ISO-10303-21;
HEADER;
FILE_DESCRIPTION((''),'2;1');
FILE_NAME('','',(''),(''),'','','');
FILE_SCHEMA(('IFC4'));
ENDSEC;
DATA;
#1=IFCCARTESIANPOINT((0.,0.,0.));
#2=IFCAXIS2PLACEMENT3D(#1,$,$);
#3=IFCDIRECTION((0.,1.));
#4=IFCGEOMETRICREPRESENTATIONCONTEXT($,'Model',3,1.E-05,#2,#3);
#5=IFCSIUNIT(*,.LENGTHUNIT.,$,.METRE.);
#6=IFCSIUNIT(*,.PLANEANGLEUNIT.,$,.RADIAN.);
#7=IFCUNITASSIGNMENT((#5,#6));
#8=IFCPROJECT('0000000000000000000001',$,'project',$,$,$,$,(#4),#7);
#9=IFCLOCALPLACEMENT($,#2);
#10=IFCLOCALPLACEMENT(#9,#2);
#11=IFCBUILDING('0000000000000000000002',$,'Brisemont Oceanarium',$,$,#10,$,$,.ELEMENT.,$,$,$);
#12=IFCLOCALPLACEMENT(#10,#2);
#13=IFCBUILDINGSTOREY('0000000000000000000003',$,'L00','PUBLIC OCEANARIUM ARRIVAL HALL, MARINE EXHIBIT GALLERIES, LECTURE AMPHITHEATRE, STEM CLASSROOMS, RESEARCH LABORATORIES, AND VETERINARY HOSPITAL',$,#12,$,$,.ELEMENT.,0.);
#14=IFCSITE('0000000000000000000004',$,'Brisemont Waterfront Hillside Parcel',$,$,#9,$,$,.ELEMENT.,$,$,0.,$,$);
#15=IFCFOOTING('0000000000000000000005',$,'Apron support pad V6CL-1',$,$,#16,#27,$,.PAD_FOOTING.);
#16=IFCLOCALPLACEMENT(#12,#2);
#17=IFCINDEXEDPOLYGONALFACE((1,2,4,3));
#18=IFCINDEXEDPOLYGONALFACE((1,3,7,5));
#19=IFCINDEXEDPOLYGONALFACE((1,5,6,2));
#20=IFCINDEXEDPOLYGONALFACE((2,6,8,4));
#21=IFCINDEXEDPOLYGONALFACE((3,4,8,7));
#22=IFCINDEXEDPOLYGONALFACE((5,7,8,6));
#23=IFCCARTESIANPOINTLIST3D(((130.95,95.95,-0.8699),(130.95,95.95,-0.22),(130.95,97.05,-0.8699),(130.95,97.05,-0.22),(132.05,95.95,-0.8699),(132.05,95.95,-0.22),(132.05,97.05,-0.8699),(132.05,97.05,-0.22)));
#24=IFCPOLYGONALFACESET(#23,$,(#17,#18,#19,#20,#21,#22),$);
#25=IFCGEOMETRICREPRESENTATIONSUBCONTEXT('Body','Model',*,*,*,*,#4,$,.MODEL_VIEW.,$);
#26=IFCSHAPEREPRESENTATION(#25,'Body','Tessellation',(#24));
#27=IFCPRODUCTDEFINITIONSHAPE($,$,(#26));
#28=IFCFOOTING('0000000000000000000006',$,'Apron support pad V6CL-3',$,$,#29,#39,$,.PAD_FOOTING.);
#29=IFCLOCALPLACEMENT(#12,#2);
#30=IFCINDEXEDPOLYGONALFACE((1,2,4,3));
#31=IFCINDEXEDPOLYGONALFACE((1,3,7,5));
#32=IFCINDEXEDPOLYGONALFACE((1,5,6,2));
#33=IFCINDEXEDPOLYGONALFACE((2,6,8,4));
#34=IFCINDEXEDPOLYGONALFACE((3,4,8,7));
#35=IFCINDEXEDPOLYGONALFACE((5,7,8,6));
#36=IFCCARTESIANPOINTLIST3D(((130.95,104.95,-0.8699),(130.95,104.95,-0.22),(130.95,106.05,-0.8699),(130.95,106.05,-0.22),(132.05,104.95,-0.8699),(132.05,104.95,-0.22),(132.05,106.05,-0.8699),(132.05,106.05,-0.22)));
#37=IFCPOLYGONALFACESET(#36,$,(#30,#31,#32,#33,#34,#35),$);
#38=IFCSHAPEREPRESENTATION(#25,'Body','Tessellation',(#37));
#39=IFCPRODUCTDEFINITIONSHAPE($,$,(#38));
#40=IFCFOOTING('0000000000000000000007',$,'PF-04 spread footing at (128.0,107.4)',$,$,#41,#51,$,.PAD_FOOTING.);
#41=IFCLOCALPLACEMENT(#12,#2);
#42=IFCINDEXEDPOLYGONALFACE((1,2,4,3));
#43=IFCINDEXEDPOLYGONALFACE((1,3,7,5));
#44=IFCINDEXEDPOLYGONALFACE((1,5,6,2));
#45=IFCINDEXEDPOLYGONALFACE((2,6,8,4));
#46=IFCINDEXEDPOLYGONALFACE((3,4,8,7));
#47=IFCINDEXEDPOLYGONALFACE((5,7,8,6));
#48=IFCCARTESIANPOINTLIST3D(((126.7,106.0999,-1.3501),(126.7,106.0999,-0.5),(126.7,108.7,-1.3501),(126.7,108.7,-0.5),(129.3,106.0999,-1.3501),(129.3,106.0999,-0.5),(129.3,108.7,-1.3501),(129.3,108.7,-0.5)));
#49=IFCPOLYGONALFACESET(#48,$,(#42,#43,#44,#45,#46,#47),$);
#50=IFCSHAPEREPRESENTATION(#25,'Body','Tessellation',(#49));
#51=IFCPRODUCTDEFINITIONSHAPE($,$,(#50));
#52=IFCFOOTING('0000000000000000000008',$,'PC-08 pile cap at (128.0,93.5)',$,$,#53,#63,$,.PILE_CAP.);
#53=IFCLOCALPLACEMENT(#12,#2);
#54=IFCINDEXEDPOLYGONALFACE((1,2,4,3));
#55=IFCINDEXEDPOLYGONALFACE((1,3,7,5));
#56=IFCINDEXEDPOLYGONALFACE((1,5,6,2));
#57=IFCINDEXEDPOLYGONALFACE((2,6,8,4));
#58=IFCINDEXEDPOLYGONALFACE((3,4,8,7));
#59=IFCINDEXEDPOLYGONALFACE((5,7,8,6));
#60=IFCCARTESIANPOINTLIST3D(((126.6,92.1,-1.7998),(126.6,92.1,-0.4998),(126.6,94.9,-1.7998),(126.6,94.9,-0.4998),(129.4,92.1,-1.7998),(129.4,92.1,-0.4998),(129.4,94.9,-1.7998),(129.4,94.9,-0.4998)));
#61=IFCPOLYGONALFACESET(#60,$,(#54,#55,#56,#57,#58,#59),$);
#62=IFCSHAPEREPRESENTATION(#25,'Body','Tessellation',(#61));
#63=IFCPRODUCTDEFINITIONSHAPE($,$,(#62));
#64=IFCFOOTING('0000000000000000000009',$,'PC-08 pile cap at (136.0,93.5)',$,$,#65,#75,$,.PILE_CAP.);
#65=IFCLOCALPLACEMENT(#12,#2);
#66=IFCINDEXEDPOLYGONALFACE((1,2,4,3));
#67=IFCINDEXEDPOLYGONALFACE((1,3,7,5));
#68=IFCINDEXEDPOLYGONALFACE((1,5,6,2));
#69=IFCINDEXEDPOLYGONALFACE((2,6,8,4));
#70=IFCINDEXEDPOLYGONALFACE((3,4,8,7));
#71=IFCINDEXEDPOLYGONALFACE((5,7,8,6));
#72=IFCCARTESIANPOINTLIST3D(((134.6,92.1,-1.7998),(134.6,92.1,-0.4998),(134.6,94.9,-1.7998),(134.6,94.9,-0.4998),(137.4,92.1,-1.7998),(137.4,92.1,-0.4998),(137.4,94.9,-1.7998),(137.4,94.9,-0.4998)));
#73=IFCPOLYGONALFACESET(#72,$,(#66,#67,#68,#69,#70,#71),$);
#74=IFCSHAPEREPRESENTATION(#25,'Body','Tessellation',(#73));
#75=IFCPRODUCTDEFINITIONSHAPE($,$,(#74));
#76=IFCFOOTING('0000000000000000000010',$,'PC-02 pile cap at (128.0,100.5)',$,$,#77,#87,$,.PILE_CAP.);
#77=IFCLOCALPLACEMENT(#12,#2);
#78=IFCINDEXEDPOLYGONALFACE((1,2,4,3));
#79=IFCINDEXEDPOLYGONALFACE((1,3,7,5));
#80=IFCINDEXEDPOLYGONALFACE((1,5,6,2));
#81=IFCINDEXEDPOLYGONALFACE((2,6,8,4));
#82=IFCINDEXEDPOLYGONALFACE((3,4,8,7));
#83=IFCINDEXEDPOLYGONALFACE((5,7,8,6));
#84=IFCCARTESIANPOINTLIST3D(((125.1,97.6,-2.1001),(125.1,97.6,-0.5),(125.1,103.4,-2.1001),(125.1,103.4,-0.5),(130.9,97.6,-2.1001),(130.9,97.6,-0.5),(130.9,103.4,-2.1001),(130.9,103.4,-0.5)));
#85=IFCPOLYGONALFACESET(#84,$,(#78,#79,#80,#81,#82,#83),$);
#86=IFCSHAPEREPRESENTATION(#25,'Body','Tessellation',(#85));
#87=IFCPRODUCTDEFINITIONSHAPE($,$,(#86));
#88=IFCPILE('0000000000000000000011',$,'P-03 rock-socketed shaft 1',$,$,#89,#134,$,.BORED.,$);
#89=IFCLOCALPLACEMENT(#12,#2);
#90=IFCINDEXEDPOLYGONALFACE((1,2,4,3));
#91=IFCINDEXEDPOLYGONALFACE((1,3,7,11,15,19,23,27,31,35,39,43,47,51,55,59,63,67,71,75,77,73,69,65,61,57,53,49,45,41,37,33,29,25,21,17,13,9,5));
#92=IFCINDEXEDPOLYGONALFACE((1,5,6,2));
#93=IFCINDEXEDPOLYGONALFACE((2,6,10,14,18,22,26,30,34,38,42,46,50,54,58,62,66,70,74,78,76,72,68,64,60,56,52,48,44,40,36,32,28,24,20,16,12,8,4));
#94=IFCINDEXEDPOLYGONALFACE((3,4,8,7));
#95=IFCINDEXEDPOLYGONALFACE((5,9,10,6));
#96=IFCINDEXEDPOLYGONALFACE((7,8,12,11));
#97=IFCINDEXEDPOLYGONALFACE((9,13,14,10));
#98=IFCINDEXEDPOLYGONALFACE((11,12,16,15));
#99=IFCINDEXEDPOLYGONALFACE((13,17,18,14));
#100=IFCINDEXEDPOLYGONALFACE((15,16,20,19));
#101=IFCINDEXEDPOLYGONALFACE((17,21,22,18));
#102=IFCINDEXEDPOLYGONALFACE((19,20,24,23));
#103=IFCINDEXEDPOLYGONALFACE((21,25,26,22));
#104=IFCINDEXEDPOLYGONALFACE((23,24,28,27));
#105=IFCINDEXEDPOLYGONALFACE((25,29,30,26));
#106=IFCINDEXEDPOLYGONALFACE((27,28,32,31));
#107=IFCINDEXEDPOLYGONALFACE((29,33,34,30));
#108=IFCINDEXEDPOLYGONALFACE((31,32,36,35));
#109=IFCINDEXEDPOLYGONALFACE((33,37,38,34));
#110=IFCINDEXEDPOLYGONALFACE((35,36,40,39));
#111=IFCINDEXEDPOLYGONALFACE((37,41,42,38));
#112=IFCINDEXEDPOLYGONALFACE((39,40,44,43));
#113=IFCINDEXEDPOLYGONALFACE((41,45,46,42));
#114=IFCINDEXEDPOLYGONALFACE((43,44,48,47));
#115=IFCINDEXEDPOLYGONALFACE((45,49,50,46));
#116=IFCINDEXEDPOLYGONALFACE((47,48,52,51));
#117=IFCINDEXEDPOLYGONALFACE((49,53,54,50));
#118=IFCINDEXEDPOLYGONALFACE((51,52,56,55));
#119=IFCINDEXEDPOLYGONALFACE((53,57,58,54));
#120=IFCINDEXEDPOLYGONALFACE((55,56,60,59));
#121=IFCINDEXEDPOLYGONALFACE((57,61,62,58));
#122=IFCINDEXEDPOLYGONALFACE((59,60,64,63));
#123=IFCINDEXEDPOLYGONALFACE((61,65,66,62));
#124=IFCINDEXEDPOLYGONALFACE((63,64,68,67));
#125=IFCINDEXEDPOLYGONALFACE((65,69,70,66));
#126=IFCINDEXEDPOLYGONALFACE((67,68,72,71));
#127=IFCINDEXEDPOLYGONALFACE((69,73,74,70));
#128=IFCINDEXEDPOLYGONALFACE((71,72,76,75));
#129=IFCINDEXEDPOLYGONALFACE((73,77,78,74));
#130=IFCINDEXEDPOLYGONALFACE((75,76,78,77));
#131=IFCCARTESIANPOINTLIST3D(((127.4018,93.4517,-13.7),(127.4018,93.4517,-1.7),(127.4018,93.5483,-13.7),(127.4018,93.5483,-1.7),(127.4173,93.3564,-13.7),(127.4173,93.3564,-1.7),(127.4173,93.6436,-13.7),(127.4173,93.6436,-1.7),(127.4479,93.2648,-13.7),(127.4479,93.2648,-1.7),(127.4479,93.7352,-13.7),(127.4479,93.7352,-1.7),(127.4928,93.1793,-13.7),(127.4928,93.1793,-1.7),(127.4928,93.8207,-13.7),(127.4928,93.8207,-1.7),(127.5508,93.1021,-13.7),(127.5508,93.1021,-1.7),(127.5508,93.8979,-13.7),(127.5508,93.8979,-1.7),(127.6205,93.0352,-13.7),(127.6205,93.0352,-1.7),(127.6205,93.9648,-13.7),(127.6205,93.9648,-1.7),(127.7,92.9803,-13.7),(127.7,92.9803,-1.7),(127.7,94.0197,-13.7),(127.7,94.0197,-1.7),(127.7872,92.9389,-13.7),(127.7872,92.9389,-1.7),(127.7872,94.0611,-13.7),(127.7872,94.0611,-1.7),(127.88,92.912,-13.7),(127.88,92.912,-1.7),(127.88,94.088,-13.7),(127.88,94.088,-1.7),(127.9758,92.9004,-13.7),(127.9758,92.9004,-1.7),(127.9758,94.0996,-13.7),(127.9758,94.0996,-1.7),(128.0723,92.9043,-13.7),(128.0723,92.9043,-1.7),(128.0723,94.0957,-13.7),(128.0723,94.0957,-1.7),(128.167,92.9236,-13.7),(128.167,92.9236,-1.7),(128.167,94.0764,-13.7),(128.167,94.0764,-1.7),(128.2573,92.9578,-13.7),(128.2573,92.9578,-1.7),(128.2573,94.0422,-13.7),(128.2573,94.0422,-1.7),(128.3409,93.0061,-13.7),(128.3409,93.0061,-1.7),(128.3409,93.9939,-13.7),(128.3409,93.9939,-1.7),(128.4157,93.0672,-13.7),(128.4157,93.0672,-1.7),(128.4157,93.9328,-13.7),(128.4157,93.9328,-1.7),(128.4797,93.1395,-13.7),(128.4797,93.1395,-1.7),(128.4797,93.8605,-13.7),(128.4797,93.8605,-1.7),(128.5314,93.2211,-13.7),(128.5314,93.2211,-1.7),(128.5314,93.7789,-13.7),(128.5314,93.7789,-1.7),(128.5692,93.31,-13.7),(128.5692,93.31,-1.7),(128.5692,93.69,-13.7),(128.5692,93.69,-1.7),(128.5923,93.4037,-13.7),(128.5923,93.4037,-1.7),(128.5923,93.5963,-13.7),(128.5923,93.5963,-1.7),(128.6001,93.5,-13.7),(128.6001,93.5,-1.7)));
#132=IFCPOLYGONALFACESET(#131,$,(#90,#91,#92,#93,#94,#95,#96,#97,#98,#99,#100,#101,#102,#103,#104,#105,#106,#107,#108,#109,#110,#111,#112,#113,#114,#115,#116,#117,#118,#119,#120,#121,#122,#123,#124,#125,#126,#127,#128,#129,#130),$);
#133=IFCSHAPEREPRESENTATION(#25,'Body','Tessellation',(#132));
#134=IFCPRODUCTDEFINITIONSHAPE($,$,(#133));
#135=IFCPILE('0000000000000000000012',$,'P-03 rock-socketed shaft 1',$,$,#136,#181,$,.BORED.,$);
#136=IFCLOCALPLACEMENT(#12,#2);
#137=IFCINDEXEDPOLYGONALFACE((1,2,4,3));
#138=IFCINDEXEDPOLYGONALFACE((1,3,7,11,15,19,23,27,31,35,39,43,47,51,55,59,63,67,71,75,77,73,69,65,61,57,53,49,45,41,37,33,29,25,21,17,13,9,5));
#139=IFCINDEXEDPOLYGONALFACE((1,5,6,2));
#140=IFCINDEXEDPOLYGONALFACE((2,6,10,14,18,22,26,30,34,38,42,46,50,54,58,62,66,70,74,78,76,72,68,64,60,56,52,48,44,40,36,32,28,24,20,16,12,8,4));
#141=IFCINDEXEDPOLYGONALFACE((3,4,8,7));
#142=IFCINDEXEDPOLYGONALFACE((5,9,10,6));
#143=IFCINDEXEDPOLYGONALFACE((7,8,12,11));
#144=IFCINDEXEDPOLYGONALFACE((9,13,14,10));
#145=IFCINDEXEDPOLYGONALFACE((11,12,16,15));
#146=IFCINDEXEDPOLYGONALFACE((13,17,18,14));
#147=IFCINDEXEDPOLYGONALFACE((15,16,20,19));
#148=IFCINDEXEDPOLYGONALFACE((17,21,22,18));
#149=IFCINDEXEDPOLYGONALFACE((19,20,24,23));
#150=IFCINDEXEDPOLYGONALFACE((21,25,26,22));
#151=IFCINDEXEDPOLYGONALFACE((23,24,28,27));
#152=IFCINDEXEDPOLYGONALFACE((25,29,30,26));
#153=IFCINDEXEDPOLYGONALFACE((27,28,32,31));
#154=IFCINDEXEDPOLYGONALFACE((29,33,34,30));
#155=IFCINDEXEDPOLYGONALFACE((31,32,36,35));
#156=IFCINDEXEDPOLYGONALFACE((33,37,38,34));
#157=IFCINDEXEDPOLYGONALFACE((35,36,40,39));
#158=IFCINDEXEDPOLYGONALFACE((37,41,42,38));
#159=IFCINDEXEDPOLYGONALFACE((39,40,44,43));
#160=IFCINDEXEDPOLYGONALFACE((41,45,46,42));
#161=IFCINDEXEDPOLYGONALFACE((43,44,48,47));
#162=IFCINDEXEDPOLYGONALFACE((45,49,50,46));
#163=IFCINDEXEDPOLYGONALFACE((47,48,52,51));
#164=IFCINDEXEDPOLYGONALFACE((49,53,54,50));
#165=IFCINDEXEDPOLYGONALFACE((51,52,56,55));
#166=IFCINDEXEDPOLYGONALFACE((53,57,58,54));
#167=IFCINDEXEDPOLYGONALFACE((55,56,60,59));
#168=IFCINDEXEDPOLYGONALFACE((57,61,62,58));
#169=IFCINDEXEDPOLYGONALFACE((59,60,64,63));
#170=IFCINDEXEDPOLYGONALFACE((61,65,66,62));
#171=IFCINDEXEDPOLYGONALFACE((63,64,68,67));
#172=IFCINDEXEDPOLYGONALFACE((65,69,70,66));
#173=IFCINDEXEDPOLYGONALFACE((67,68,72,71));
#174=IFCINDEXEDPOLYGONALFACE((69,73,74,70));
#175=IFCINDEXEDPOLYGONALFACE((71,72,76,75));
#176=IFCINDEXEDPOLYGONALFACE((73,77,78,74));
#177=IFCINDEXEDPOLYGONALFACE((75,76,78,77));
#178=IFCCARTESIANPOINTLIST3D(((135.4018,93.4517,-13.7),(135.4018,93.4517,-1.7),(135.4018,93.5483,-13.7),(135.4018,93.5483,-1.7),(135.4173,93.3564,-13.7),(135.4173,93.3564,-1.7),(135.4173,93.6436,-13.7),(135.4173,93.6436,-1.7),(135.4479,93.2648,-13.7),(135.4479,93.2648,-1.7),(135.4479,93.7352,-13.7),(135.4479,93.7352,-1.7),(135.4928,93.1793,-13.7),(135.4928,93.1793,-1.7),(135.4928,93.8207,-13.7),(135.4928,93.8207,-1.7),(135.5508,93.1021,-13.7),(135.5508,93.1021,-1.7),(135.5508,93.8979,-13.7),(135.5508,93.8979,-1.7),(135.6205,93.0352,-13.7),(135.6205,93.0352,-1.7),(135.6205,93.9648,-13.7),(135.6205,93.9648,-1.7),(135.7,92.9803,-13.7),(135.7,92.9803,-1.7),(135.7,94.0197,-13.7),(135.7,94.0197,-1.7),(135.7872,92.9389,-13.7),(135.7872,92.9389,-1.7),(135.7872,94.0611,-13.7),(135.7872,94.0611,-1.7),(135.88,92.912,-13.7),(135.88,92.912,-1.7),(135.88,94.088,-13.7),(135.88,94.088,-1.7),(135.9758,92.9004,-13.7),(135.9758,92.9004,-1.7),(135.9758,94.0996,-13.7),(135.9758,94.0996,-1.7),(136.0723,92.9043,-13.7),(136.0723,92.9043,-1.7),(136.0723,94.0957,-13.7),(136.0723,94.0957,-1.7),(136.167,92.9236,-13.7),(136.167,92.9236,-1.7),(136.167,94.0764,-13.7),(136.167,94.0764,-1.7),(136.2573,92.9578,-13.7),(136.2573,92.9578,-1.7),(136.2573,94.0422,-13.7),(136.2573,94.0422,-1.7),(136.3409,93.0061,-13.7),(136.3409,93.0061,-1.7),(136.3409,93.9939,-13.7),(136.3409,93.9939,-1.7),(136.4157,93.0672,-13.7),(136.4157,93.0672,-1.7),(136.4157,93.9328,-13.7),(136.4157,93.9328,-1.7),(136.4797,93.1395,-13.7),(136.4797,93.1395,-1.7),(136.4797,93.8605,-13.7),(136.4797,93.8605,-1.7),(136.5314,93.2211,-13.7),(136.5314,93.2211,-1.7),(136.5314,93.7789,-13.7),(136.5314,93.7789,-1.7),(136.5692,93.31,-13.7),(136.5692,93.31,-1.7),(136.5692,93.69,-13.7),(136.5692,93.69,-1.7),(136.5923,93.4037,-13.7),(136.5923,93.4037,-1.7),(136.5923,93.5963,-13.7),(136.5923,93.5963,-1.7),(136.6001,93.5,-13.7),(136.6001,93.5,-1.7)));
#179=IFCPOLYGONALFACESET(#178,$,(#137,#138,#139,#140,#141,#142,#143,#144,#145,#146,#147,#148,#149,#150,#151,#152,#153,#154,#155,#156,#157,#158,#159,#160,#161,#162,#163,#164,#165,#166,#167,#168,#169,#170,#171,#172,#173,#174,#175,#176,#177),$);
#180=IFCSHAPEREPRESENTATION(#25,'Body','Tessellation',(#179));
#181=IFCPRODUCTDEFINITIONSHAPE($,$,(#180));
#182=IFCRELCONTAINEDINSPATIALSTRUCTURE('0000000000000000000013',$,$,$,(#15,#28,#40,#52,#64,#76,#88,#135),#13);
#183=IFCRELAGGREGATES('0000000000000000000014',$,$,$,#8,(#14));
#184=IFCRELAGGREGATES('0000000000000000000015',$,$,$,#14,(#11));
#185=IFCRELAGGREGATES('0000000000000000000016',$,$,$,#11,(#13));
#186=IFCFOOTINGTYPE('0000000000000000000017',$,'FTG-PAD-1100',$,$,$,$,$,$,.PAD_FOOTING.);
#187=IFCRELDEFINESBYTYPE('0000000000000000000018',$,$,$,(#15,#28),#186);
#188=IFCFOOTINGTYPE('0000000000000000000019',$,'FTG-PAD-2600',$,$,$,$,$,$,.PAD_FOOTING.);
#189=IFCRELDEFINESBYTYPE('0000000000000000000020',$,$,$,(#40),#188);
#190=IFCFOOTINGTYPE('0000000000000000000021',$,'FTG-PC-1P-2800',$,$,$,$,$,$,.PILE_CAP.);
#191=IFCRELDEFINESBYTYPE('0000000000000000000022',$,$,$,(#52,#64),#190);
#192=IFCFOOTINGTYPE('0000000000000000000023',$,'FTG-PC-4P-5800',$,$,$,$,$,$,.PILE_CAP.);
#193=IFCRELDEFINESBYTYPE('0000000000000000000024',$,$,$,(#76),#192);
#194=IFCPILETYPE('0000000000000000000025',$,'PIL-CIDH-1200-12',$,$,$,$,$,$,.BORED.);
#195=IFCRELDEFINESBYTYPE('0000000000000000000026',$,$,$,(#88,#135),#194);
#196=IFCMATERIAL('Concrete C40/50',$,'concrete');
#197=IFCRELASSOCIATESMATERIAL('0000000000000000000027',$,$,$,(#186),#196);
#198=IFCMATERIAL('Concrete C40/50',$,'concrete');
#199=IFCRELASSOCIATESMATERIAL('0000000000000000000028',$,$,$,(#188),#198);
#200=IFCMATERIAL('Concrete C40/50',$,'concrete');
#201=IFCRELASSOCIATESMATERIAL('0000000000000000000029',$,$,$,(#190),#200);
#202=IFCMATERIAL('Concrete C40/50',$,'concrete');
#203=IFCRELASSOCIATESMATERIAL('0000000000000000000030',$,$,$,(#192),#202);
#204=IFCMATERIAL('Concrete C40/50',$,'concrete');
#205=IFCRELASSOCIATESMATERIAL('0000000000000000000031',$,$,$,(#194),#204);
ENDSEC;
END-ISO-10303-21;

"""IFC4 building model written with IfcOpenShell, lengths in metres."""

from ifc_helpers import new_model, si_unit, direction, frame, origin, origin_2d, place, context, subcontext, project, spatial, rectangle, circle, extrude, material, material_profile, profile_set, type_object, element, save


model = new_model("IFC4")

# Units and contexts
model_context = context("Model", 3, precision=1e-05, world=origin(), true_north=direction((0.0, 1.0)))
body_context = subcontext(model_context, "Body", "Model", "MODEL_VIEW")
ifc_project = project(units=[si_unit("LENGTHUNIT", "METRE"), si_unit("PLANEANGLEUNIT", "RADIAN")], contexts=[model_context])

# Site, building, storey
site_placement = place(None, origin())
site = spatial("IfcSite", under=ifc_project, at=site_placement, Name="Brisemont Waterfront Hillside Parcel", CompositionType="ELEMENT", RefElevation=0.0)
building_placement = place(site_placement, origin())
building = spatial("IfcBuilding", under=site, at=building_placement, Name="Brisemont Oceanarium", CompositionType="ELEMENT")
storey_placement = place(building_placement, origin())
storey = spatial("IfcBuildingStorey", under=building, at=storey_placement, Name="L00", Description="PUBLIC OCEANARIUM ARRIVAL HALL, MARINE EXHIBIT GALLERIES, LECTURE AMPHITHEATRE, STEM CLASSROOMS, RESEARCH LABORATORIES, AND VETERINARY HOSPITAL", CompositionType="ELEMENT", Elevation=0.0)

# Footings
ifc_material_1 = material(Name="Concrete C40/50", Category="concrete")
footing_type_1 = type_object("IfcFootingType", Name="FTG-PAD-1100", PredefinedType="PAD_FOOTING", material=ifc_material_1)
for number, where, z_axis, x_axis, name in (
    (1, (131.5, 96.5, -0.8699), (0.0, 0.0, 1.0), (1.0, 0.0, 0.0), "Apron support pad V6CL-1"),
    (2, (131.5, 105.5, -0.8699), (0.0, 0.0, 1.0), (1.0, 0.0, 0.0), "Apron support pad V6CL-3"),
):
    element("IfcFooting", number, at=place(storey_placement, frame(where, z_axis=z_axis, x_axis=x_axis)), inside=storey, type_object=footing_type_1, Name=name, PredefinedType="PAD_FOOTING", context=body_context, shape_type="SweptSolid", body=[
        extrude(rectangle(XDim=1.1001, YDim=1.1001, at=origin_2d()), origin(), (0.0, 0.0, 1.0), 0.6499),
    ])
ifc_material_2 = material(Name="Concrete C40/50", Category="concrete")
footing_type_2 = type_object("IfcFootingType", Name="FTG-PAD-2600", PredefinedType="PAD_FOOTING", material=ifc_material_2)
footing_1_placement = place(storey_placement, frame((128.0, 107.3999, -1.3501), z_axis=(0.0, 0.0, 1.0), x_axis=(1.0, 0.0, 0.0)))
element("IfcFooting", 3, at=footing_1_placement, inside=storey, type_object=footing_type_2, Name="PF-04 spread footing at (128.0,107.4)", PredefinedType="PAD_FOOTING", context=body_context, shape_type="SweptSolid", body=[
    extrude(rectangle(XDim=2.6001, YDim=2.6001, at=origin_2d()), origin(), (0.0, 0.0, 1.0), 0.8501),
])
ifc_material_3 = material(Name="Concrete C40/50", Category="concrete")
footing_type_3 = type_object("IfcFootingType", Name="FTG-PC-1P-2800", PredefinedType="PILE_CAP", material=ifc_material_3)
for number, where, z_axis, x_axis, name in (
    (4, (128.0, 93.5, -1.7998), (0.0, 0.0, 1.0), (1.0, 0.0, 0.0), "PC-08 pile cap at (128.0,93.5)"),
    (5, (136.0, 93.5, -1.7998), (0.0, 0.0, 1.0), (1.0, 0.0, 0.0), "PC-08 pile cap at (136.0,93.5)"),
):
    element("IfcFooting", number, at=place(storey_placement, frame(where, z_axis=z_axis, x_axis=x_axis)), inside=storey, type_object=footing_type_3, Name=name, PredefinedType="PILE_CAP", context=body_context, shape_type="SweptSolid", body=[
        extrude(rectangle(XDim=2.8, YDim=2.8, at=origin_2d()), origin(), (0.0, 0.0, 1.0), 1.3),
    ])
ifc_material_4 = material(Name="Concrete C40/50", Category="concrete")
footing_type_4 = type_object("IfcFootingType", Name="FTG-PC-4P-5800", PredefinedType="PILE_CAP", material=ifc_material_4)
footing_2_placement = place(storey_placement, frame((128.0, 100.5, -2.1001), z_axis=(0.0, 0.0, 1.0), x_axis=(1.0, 0.0, 0.0)))
element("IfcFooting", 6, at=footing_2_placement, inside=storey, type_object=footing_type_4, Name="PC-02 pile cap at (128.0,100.5)", PredefinedType="PILE_CAP", context=body_context, shape_type="SweptSolid", body=[
    extrude(rectangle(XDim=5.8, YDim=5.8, at=origin_2d()), origin(), (0.0, 0.0, 1.0), 1.6001),
])

# Piles
ifc_material_5 = material(Name="Concrete C40/50", Category="concrete")
ifc_material_profile_1 = material_profile(ifc_material_5, circle(Radius=0.6001, at=origin_2d()), Name="CIDH-D1200")
ifc_profile_set_1 = profile_set([ifc_material_profile_1], Name="Concrete C40/50")
pile_type_1 = type_object("IfcPileType", Name="PIL-CIDH-1200-12", PredefinedType="BORED", material=ifc_profile_set_1)
for number, where, z_axis, x_axis, name in (
    (7, (128.0, 93.5, -1.7), (0.0, 0.0, -1.0), (1.0, 0.0, 0.0), "P-03 rock-socketed shaft 1"),
    (8, (136.0, 93.5, -1.7), (0.0, 0.0, -1.0), (1.0, 0.0, 0.0), "P-03 rock-socketed shaft 1"),
):
    element("IfcPile", number, at=place(storey_placement, frame(where, z_axis=z_axis, x_axis=x_axis)), inside=storey, type_object=pile_type_1, Name=name, PredefinedType="BORED", context=body_context, shape_type="SweptSolid", body=[
        extrude(circle(Radius=0.6001, at=origin_2d()), origin(), (0.0, 0.0, 1.0), 12.0),
    ])

save(model, "model.ifc")
